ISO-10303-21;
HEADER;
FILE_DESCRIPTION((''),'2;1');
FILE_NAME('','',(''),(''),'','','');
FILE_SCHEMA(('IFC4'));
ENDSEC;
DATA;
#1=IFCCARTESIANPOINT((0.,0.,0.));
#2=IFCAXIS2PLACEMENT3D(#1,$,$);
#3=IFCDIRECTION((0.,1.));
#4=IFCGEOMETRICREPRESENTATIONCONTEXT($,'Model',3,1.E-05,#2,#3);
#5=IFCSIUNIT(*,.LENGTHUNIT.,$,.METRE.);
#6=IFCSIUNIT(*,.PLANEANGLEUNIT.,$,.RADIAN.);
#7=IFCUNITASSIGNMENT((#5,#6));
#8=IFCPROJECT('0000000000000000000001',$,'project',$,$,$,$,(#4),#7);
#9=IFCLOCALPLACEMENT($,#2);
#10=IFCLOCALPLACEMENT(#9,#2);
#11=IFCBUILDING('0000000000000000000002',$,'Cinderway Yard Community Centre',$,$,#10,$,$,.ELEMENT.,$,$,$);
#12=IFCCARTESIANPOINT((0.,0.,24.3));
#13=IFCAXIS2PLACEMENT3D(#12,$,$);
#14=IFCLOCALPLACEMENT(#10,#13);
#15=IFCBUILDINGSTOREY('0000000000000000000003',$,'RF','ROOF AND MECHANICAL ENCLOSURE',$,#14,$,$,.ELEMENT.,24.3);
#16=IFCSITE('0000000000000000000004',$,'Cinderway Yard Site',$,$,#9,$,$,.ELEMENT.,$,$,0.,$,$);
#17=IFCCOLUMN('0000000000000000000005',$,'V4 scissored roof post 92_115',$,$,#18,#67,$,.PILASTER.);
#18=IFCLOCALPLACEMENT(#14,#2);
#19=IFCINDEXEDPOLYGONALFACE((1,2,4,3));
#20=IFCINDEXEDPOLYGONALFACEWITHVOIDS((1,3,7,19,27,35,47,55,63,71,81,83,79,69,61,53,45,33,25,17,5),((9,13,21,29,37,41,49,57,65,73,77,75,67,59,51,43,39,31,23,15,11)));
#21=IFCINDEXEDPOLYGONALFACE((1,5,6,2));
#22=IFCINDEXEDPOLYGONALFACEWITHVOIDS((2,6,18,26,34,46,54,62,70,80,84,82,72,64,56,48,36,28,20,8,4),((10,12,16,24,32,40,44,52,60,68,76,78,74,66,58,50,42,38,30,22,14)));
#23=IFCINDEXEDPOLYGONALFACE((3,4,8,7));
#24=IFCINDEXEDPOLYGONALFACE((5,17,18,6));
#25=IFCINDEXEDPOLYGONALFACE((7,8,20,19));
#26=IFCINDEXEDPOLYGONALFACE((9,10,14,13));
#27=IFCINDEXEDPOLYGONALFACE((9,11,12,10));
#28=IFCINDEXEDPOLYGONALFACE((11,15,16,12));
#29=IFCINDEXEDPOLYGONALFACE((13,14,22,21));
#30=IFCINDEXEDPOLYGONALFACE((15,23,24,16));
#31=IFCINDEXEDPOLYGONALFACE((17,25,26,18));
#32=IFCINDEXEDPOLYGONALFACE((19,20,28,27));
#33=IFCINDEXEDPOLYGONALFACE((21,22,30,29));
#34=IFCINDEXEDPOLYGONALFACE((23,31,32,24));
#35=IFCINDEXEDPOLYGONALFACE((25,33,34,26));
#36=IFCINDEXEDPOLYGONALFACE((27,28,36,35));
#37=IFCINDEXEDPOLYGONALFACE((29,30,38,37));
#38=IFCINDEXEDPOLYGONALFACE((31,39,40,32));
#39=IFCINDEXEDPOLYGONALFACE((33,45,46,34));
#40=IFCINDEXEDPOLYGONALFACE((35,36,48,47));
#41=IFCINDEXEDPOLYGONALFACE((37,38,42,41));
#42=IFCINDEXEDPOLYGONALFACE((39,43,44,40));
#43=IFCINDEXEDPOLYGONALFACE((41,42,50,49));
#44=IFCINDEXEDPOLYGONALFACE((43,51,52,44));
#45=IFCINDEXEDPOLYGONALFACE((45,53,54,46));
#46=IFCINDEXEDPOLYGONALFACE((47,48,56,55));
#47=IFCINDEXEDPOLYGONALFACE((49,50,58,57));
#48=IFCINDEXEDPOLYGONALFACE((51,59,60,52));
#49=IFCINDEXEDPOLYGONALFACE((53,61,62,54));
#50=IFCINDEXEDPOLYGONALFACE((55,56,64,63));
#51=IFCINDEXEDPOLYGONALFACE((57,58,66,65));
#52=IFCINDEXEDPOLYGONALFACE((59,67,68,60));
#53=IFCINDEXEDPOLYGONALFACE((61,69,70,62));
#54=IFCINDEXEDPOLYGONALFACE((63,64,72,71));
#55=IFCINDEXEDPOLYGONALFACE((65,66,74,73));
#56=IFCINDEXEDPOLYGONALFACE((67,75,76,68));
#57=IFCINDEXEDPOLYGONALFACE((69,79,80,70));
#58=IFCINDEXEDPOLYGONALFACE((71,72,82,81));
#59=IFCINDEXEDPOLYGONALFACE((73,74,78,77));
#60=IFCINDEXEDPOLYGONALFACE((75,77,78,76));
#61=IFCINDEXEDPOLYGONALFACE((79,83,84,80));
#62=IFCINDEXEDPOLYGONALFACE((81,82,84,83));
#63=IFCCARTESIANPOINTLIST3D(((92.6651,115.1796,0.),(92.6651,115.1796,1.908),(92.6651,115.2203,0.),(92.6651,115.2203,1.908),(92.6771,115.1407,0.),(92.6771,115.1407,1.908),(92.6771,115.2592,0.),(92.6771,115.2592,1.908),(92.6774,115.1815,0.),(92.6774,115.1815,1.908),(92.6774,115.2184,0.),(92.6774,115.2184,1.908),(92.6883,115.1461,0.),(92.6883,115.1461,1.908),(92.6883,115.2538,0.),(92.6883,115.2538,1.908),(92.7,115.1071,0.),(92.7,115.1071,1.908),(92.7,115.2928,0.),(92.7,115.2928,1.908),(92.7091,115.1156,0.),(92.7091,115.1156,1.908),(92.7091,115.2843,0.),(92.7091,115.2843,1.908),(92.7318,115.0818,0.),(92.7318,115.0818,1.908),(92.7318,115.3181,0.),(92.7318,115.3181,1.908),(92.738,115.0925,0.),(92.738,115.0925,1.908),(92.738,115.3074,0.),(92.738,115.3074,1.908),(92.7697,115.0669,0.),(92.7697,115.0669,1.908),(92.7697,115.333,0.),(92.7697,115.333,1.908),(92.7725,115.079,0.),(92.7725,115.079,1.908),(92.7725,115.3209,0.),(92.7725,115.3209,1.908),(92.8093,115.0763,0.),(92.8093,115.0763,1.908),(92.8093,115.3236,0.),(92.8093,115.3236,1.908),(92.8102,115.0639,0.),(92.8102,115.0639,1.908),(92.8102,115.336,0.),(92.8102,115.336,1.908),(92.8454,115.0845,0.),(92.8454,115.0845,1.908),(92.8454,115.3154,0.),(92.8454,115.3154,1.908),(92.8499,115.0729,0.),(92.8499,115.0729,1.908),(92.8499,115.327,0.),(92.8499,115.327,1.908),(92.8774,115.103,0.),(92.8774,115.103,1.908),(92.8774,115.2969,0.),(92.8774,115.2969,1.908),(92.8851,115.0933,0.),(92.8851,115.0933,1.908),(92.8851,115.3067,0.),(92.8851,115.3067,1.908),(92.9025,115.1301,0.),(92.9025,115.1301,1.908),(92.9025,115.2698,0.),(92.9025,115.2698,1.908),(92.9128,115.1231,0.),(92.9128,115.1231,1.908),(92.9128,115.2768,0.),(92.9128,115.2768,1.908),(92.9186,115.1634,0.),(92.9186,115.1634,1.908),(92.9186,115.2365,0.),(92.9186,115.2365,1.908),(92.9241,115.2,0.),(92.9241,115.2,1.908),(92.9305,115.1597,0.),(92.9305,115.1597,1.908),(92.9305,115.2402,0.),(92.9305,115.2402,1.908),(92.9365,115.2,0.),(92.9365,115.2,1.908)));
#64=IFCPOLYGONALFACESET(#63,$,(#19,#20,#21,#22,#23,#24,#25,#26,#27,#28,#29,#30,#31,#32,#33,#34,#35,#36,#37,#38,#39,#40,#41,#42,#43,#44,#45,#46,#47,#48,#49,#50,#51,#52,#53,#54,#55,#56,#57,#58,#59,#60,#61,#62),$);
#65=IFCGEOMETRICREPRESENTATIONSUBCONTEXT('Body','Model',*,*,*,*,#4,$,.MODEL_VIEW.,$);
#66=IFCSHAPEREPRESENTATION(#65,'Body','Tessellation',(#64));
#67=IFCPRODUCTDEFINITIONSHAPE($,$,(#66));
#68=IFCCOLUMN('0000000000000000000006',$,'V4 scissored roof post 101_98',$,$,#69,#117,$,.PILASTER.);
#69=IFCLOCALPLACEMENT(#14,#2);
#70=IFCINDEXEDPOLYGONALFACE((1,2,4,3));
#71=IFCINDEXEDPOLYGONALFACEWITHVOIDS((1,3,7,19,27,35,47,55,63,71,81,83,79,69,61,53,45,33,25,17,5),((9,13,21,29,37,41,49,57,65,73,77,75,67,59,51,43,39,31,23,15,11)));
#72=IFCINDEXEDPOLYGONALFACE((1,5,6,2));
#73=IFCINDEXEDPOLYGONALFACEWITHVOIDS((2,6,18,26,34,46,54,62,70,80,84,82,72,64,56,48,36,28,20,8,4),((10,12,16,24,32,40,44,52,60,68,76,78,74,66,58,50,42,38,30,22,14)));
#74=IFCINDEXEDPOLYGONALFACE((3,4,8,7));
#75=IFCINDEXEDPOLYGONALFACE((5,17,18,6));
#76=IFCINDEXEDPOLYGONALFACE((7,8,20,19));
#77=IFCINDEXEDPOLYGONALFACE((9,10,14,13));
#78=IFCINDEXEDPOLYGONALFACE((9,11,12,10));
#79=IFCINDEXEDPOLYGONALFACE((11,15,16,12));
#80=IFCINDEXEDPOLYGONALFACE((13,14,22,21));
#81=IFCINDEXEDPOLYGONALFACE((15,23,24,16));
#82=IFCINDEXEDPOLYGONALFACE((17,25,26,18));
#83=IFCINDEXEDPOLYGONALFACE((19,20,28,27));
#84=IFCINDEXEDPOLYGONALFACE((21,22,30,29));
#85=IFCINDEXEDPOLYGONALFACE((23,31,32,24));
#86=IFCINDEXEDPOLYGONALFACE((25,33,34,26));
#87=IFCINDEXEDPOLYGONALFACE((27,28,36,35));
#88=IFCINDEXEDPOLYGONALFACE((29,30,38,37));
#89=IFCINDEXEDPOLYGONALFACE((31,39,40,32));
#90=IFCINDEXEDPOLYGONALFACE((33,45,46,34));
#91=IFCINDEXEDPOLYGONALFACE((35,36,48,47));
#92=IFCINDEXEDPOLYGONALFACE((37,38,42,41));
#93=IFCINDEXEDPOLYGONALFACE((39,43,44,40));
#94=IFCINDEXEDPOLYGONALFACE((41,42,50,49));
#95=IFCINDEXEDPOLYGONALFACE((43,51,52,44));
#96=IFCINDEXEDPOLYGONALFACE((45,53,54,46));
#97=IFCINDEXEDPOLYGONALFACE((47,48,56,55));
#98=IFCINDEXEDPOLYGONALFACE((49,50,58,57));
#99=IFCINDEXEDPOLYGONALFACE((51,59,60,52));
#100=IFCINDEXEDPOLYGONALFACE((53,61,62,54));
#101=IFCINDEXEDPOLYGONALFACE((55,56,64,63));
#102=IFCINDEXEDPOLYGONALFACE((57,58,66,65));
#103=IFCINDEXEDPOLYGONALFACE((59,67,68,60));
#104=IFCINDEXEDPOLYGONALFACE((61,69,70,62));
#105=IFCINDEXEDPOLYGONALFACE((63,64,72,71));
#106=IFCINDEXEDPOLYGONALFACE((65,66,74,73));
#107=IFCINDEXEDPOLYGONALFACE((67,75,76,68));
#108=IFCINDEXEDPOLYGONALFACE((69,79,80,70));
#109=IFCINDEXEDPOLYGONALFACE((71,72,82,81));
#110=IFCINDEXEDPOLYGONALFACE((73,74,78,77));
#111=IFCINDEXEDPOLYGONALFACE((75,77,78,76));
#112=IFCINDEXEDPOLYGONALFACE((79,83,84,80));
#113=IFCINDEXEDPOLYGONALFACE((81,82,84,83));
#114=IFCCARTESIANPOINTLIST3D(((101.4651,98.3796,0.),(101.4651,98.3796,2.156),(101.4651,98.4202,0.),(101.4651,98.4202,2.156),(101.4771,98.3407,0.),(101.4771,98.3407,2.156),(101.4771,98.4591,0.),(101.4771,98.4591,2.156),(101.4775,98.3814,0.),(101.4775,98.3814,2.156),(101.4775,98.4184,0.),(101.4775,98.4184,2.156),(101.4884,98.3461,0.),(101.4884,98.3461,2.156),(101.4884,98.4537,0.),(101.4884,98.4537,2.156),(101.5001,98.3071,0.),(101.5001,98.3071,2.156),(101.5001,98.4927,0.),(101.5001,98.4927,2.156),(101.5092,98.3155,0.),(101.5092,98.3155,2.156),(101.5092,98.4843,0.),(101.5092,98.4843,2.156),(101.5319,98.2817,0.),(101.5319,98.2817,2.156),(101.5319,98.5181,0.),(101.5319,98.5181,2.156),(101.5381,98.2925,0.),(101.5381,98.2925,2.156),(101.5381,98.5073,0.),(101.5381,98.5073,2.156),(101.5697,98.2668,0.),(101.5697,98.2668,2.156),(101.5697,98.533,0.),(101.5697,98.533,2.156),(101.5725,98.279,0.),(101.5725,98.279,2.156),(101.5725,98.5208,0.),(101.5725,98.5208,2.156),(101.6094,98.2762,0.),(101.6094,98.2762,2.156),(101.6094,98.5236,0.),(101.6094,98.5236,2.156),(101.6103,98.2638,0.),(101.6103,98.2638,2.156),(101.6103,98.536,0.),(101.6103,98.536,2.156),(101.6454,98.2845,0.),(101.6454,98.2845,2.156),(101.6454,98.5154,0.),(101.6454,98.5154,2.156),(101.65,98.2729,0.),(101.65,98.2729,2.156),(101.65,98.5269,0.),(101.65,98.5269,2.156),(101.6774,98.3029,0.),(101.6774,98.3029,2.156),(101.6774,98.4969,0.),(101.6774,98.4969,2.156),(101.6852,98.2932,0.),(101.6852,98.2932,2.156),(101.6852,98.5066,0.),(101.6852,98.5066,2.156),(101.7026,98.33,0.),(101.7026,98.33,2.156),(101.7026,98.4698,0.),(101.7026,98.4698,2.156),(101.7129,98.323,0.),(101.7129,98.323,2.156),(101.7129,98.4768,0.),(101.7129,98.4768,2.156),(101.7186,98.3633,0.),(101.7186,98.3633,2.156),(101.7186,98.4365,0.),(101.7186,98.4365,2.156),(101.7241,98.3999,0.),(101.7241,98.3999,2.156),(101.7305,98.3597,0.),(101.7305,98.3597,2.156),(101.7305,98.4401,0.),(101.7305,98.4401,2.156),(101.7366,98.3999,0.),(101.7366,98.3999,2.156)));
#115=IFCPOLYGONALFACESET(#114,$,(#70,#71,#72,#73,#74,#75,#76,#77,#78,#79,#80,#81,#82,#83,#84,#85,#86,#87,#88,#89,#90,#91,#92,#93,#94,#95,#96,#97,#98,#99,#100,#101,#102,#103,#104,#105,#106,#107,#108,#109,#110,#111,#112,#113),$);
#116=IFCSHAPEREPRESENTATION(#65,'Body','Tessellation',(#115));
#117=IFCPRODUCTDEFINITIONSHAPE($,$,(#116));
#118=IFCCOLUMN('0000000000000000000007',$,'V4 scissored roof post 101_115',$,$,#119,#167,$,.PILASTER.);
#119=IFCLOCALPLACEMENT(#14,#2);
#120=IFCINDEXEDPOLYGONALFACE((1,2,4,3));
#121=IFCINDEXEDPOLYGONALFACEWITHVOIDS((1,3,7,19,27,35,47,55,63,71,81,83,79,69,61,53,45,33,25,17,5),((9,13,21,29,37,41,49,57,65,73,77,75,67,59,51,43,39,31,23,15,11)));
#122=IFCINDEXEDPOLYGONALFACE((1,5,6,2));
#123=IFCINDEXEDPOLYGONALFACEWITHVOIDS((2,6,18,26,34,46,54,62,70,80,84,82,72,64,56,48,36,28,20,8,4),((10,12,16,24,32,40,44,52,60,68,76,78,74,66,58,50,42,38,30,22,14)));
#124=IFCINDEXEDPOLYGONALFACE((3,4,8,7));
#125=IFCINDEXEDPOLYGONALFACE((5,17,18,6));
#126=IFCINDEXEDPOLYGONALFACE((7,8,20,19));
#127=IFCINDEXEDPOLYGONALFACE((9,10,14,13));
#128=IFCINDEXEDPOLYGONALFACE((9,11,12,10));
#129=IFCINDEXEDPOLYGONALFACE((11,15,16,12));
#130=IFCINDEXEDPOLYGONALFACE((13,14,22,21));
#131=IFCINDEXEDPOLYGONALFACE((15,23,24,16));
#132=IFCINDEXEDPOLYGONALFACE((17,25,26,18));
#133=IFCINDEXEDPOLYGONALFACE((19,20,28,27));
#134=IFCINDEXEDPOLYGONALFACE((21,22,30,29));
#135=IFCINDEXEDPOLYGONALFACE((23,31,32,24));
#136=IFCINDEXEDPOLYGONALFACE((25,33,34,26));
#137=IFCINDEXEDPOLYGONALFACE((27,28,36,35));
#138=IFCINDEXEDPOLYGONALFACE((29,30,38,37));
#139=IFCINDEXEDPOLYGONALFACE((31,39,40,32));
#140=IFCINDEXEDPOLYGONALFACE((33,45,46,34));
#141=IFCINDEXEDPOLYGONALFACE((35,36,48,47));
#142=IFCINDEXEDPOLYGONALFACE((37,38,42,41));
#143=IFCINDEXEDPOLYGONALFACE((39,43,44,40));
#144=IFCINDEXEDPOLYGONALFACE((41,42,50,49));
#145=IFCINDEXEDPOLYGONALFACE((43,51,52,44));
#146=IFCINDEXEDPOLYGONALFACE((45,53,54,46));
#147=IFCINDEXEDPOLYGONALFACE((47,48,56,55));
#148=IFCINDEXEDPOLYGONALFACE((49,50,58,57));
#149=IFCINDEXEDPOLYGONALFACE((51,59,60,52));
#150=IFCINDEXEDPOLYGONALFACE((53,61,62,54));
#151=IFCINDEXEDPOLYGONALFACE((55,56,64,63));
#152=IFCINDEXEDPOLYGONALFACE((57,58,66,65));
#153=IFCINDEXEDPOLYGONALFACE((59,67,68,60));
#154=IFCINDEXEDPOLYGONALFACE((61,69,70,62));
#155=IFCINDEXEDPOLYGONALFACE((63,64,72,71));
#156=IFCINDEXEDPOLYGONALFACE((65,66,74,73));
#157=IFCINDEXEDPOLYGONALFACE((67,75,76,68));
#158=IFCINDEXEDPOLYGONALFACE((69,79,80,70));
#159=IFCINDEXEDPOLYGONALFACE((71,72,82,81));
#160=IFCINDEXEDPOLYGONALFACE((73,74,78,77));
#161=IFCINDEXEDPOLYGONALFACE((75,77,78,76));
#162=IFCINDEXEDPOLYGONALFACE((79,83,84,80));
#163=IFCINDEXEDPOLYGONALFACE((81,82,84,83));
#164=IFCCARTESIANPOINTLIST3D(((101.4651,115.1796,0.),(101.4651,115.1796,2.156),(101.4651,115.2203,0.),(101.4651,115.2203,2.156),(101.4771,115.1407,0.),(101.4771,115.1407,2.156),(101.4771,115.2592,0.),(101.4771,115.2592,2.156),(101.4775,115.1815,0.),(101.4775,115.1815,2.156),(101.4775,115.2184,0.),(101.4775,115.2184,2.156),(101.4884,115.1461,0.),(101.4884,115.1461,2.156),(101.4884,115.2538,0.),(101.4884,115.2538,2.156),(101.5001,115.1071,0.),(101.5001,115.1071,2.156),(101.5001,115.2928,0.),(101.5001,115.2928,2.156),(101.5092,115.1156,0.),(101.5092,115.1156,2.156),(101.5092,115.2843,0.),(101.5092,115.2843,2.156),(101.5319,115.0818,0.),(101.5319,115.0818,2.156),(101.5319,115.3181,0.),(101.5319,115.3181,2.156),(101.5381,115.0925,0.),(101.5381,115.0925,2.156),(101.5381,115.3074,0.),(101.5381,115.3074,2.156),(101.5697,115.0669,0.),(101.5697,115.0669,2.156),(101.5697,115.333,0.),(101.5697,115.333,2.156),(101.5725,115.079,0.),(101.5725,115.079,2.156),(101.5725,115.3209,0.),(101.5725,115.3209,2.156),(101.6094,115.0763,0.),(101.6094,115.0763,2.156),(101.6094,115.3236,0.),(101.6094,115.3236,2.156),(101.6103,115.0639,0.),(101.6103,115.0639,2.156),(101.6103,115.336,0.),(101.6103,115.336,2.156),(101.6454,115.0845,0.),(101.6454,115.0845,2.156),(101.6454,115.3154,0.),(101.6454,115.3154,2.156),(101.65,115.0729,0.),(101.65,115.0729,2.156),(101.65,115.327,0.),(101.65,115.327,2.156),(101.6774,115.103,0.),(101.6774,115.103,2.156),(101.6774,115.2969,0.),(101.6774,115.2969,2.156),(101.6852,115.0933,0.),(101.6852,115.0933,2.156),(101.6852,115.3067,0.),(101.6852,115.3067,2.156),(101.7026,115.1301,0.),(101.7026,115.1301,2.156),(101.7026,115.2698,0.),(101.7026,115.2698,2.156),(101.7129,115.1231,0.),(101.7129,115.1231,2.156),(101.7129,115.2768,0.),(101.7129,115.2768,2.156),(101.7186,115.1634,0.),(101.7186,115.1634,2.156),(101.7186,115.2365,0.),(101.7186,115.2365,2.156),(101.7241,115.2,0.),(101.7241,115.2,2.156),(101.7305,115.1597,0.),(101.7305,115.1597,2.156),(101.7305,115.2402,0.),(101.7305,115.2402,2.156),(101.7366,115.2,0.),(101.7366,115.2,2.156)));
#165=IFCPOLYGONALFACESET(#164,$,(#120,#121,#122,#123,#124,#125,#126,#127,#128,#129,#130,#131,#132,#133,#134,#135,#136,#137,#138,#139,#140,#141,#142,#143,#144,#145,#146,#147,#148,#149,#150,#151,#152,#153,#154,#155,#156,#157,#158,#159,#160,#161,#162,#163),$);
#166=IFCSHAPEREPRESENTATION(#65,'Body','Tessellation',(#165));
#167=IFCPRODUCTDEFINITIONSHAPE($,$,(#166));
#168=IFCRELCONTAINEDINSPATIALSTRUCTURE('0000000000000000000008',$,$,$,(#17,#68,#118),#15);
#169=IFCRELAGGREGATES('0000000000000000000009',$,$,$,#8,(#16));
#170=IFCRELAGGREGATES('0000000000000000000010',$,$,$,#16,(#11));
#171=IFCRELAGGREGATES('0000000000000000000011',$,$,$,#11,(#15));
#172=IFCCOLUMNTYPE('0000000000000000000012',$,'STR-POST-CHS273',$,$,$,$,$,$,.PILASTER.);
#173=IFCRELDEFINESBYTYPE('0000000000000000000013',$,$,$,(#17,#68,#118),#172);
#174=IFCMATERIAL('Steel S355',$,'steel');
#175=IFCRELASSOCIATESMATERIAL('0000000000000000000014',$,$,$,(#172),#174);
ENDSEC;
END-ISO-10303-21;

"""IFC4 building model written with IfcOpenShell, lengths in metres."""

from ifc_helpers import new_model, si_unit, direction, frame, origin, origin_2d, place, context, subcontext, project, spatial, hollow_circle, extrude, material, material_profile, profile_set, type_object, element, save


model = new_model("IFC4")

# Units and contexts
model_context = context("Model", 3, precision=1e-05, world=origin(), true_north=direction((0.0, 1.0)))
body_context = subcontext(model_context, "Body", "Model", "MODEL_VIEW")
ifc_project = project(units=[si_unit("LENGTHUNIT", "METRE"), si_unit("PLANEANGLEUNIT", "RADIAN")], contexts=[model_context])

# Site, building, storey
site_placement = place(None, origin())
site = spatial("IfcSite", under=ifc_project, at=site_placement, Name="Cinderway Yard Site", CompositionType="ELEMENT", RefElevation=0.0)
building_placement = place(site_placement, origin())
building = spatial("IfcBuilding", under=site, at=building_placement, Name="Cinderway Yard Community Centre", CompositionType="ELEMENT")
storey_placement = place(building_placement, frame((0.0, 0.0, 24.3)))
storey = spatial("IfcBuildingStorey", under=building, at=storey_placement, Name="RF", Description="ROOF AND MECHANICAL ENCLOSURE", CompositionType="ELEMENT", Elevation=24.3)

# Columns
ifc_material = material(Name="Steel S355", Category="steel")
ifc_material_profile_1 = material_profile(ifc_material, hollow_circle(Radius=0.1365, WallThickness=0.0125, at=origin_2d()), Name="Steel S355")
ifc_profile_set_1 = profile_set([ifc_material_profile_1], Name="Steel S355")
column_type = type_object("IfcColumnType", Name="STR-POST-CHS273", PredefinedType="PILASTER", material=ifc_profile_set_1)
column_1_placement = place(storey_placement, frame((92.8, 115.2, 0.0), z_axis=(0.0, 0.0, 1.0), x_axis=(1.0, 0.0, 0.0)))
element("IfcColumn", 1, at=column_1_placement, inside=storey, type_object=column_type, Name="V4 scissored roof post 92_115", PredefinedType="PILASTER", context=body_context, shape_type="SweptSolid", body=[
    extrude(hollow_circle(Radius=0.1365, WallThickness=0.0125, at=origin_2d()), origin(), (0.0, 0.0, 1.0), 1.908),
])
for number, where, z_axis, x_axis, name in (
    (2, (101.6001, 98.3999, 0.0), (0.0, 0.0, 1.0), (1.0, 0.0, 0.0), "V4 scissored roof post 101_98"),
    (3, (101.6001, 115.2, 0.0), (0.0, 0.0, 1.0), (1.0, 0.0, 0.0), "V4 scissored roof post 101_115"),
):
    element("IfcColumn", number, at=place(storey_placement, frame(where, z_axis=z_axis, x_axis=x_axis)), inside=storey, type_object=column_type, Name=name, PredefinedType="PILASTER", context=body_context, shape_type="SweptSolid", body=[
        extrude(hollow_circle(Radius=0.1365, WallThickness=0.0125, at=origin_2d()), origin(), (0.0, 0.0, 1.0), 2.156),
    ])

save(model, "model.ifc")
